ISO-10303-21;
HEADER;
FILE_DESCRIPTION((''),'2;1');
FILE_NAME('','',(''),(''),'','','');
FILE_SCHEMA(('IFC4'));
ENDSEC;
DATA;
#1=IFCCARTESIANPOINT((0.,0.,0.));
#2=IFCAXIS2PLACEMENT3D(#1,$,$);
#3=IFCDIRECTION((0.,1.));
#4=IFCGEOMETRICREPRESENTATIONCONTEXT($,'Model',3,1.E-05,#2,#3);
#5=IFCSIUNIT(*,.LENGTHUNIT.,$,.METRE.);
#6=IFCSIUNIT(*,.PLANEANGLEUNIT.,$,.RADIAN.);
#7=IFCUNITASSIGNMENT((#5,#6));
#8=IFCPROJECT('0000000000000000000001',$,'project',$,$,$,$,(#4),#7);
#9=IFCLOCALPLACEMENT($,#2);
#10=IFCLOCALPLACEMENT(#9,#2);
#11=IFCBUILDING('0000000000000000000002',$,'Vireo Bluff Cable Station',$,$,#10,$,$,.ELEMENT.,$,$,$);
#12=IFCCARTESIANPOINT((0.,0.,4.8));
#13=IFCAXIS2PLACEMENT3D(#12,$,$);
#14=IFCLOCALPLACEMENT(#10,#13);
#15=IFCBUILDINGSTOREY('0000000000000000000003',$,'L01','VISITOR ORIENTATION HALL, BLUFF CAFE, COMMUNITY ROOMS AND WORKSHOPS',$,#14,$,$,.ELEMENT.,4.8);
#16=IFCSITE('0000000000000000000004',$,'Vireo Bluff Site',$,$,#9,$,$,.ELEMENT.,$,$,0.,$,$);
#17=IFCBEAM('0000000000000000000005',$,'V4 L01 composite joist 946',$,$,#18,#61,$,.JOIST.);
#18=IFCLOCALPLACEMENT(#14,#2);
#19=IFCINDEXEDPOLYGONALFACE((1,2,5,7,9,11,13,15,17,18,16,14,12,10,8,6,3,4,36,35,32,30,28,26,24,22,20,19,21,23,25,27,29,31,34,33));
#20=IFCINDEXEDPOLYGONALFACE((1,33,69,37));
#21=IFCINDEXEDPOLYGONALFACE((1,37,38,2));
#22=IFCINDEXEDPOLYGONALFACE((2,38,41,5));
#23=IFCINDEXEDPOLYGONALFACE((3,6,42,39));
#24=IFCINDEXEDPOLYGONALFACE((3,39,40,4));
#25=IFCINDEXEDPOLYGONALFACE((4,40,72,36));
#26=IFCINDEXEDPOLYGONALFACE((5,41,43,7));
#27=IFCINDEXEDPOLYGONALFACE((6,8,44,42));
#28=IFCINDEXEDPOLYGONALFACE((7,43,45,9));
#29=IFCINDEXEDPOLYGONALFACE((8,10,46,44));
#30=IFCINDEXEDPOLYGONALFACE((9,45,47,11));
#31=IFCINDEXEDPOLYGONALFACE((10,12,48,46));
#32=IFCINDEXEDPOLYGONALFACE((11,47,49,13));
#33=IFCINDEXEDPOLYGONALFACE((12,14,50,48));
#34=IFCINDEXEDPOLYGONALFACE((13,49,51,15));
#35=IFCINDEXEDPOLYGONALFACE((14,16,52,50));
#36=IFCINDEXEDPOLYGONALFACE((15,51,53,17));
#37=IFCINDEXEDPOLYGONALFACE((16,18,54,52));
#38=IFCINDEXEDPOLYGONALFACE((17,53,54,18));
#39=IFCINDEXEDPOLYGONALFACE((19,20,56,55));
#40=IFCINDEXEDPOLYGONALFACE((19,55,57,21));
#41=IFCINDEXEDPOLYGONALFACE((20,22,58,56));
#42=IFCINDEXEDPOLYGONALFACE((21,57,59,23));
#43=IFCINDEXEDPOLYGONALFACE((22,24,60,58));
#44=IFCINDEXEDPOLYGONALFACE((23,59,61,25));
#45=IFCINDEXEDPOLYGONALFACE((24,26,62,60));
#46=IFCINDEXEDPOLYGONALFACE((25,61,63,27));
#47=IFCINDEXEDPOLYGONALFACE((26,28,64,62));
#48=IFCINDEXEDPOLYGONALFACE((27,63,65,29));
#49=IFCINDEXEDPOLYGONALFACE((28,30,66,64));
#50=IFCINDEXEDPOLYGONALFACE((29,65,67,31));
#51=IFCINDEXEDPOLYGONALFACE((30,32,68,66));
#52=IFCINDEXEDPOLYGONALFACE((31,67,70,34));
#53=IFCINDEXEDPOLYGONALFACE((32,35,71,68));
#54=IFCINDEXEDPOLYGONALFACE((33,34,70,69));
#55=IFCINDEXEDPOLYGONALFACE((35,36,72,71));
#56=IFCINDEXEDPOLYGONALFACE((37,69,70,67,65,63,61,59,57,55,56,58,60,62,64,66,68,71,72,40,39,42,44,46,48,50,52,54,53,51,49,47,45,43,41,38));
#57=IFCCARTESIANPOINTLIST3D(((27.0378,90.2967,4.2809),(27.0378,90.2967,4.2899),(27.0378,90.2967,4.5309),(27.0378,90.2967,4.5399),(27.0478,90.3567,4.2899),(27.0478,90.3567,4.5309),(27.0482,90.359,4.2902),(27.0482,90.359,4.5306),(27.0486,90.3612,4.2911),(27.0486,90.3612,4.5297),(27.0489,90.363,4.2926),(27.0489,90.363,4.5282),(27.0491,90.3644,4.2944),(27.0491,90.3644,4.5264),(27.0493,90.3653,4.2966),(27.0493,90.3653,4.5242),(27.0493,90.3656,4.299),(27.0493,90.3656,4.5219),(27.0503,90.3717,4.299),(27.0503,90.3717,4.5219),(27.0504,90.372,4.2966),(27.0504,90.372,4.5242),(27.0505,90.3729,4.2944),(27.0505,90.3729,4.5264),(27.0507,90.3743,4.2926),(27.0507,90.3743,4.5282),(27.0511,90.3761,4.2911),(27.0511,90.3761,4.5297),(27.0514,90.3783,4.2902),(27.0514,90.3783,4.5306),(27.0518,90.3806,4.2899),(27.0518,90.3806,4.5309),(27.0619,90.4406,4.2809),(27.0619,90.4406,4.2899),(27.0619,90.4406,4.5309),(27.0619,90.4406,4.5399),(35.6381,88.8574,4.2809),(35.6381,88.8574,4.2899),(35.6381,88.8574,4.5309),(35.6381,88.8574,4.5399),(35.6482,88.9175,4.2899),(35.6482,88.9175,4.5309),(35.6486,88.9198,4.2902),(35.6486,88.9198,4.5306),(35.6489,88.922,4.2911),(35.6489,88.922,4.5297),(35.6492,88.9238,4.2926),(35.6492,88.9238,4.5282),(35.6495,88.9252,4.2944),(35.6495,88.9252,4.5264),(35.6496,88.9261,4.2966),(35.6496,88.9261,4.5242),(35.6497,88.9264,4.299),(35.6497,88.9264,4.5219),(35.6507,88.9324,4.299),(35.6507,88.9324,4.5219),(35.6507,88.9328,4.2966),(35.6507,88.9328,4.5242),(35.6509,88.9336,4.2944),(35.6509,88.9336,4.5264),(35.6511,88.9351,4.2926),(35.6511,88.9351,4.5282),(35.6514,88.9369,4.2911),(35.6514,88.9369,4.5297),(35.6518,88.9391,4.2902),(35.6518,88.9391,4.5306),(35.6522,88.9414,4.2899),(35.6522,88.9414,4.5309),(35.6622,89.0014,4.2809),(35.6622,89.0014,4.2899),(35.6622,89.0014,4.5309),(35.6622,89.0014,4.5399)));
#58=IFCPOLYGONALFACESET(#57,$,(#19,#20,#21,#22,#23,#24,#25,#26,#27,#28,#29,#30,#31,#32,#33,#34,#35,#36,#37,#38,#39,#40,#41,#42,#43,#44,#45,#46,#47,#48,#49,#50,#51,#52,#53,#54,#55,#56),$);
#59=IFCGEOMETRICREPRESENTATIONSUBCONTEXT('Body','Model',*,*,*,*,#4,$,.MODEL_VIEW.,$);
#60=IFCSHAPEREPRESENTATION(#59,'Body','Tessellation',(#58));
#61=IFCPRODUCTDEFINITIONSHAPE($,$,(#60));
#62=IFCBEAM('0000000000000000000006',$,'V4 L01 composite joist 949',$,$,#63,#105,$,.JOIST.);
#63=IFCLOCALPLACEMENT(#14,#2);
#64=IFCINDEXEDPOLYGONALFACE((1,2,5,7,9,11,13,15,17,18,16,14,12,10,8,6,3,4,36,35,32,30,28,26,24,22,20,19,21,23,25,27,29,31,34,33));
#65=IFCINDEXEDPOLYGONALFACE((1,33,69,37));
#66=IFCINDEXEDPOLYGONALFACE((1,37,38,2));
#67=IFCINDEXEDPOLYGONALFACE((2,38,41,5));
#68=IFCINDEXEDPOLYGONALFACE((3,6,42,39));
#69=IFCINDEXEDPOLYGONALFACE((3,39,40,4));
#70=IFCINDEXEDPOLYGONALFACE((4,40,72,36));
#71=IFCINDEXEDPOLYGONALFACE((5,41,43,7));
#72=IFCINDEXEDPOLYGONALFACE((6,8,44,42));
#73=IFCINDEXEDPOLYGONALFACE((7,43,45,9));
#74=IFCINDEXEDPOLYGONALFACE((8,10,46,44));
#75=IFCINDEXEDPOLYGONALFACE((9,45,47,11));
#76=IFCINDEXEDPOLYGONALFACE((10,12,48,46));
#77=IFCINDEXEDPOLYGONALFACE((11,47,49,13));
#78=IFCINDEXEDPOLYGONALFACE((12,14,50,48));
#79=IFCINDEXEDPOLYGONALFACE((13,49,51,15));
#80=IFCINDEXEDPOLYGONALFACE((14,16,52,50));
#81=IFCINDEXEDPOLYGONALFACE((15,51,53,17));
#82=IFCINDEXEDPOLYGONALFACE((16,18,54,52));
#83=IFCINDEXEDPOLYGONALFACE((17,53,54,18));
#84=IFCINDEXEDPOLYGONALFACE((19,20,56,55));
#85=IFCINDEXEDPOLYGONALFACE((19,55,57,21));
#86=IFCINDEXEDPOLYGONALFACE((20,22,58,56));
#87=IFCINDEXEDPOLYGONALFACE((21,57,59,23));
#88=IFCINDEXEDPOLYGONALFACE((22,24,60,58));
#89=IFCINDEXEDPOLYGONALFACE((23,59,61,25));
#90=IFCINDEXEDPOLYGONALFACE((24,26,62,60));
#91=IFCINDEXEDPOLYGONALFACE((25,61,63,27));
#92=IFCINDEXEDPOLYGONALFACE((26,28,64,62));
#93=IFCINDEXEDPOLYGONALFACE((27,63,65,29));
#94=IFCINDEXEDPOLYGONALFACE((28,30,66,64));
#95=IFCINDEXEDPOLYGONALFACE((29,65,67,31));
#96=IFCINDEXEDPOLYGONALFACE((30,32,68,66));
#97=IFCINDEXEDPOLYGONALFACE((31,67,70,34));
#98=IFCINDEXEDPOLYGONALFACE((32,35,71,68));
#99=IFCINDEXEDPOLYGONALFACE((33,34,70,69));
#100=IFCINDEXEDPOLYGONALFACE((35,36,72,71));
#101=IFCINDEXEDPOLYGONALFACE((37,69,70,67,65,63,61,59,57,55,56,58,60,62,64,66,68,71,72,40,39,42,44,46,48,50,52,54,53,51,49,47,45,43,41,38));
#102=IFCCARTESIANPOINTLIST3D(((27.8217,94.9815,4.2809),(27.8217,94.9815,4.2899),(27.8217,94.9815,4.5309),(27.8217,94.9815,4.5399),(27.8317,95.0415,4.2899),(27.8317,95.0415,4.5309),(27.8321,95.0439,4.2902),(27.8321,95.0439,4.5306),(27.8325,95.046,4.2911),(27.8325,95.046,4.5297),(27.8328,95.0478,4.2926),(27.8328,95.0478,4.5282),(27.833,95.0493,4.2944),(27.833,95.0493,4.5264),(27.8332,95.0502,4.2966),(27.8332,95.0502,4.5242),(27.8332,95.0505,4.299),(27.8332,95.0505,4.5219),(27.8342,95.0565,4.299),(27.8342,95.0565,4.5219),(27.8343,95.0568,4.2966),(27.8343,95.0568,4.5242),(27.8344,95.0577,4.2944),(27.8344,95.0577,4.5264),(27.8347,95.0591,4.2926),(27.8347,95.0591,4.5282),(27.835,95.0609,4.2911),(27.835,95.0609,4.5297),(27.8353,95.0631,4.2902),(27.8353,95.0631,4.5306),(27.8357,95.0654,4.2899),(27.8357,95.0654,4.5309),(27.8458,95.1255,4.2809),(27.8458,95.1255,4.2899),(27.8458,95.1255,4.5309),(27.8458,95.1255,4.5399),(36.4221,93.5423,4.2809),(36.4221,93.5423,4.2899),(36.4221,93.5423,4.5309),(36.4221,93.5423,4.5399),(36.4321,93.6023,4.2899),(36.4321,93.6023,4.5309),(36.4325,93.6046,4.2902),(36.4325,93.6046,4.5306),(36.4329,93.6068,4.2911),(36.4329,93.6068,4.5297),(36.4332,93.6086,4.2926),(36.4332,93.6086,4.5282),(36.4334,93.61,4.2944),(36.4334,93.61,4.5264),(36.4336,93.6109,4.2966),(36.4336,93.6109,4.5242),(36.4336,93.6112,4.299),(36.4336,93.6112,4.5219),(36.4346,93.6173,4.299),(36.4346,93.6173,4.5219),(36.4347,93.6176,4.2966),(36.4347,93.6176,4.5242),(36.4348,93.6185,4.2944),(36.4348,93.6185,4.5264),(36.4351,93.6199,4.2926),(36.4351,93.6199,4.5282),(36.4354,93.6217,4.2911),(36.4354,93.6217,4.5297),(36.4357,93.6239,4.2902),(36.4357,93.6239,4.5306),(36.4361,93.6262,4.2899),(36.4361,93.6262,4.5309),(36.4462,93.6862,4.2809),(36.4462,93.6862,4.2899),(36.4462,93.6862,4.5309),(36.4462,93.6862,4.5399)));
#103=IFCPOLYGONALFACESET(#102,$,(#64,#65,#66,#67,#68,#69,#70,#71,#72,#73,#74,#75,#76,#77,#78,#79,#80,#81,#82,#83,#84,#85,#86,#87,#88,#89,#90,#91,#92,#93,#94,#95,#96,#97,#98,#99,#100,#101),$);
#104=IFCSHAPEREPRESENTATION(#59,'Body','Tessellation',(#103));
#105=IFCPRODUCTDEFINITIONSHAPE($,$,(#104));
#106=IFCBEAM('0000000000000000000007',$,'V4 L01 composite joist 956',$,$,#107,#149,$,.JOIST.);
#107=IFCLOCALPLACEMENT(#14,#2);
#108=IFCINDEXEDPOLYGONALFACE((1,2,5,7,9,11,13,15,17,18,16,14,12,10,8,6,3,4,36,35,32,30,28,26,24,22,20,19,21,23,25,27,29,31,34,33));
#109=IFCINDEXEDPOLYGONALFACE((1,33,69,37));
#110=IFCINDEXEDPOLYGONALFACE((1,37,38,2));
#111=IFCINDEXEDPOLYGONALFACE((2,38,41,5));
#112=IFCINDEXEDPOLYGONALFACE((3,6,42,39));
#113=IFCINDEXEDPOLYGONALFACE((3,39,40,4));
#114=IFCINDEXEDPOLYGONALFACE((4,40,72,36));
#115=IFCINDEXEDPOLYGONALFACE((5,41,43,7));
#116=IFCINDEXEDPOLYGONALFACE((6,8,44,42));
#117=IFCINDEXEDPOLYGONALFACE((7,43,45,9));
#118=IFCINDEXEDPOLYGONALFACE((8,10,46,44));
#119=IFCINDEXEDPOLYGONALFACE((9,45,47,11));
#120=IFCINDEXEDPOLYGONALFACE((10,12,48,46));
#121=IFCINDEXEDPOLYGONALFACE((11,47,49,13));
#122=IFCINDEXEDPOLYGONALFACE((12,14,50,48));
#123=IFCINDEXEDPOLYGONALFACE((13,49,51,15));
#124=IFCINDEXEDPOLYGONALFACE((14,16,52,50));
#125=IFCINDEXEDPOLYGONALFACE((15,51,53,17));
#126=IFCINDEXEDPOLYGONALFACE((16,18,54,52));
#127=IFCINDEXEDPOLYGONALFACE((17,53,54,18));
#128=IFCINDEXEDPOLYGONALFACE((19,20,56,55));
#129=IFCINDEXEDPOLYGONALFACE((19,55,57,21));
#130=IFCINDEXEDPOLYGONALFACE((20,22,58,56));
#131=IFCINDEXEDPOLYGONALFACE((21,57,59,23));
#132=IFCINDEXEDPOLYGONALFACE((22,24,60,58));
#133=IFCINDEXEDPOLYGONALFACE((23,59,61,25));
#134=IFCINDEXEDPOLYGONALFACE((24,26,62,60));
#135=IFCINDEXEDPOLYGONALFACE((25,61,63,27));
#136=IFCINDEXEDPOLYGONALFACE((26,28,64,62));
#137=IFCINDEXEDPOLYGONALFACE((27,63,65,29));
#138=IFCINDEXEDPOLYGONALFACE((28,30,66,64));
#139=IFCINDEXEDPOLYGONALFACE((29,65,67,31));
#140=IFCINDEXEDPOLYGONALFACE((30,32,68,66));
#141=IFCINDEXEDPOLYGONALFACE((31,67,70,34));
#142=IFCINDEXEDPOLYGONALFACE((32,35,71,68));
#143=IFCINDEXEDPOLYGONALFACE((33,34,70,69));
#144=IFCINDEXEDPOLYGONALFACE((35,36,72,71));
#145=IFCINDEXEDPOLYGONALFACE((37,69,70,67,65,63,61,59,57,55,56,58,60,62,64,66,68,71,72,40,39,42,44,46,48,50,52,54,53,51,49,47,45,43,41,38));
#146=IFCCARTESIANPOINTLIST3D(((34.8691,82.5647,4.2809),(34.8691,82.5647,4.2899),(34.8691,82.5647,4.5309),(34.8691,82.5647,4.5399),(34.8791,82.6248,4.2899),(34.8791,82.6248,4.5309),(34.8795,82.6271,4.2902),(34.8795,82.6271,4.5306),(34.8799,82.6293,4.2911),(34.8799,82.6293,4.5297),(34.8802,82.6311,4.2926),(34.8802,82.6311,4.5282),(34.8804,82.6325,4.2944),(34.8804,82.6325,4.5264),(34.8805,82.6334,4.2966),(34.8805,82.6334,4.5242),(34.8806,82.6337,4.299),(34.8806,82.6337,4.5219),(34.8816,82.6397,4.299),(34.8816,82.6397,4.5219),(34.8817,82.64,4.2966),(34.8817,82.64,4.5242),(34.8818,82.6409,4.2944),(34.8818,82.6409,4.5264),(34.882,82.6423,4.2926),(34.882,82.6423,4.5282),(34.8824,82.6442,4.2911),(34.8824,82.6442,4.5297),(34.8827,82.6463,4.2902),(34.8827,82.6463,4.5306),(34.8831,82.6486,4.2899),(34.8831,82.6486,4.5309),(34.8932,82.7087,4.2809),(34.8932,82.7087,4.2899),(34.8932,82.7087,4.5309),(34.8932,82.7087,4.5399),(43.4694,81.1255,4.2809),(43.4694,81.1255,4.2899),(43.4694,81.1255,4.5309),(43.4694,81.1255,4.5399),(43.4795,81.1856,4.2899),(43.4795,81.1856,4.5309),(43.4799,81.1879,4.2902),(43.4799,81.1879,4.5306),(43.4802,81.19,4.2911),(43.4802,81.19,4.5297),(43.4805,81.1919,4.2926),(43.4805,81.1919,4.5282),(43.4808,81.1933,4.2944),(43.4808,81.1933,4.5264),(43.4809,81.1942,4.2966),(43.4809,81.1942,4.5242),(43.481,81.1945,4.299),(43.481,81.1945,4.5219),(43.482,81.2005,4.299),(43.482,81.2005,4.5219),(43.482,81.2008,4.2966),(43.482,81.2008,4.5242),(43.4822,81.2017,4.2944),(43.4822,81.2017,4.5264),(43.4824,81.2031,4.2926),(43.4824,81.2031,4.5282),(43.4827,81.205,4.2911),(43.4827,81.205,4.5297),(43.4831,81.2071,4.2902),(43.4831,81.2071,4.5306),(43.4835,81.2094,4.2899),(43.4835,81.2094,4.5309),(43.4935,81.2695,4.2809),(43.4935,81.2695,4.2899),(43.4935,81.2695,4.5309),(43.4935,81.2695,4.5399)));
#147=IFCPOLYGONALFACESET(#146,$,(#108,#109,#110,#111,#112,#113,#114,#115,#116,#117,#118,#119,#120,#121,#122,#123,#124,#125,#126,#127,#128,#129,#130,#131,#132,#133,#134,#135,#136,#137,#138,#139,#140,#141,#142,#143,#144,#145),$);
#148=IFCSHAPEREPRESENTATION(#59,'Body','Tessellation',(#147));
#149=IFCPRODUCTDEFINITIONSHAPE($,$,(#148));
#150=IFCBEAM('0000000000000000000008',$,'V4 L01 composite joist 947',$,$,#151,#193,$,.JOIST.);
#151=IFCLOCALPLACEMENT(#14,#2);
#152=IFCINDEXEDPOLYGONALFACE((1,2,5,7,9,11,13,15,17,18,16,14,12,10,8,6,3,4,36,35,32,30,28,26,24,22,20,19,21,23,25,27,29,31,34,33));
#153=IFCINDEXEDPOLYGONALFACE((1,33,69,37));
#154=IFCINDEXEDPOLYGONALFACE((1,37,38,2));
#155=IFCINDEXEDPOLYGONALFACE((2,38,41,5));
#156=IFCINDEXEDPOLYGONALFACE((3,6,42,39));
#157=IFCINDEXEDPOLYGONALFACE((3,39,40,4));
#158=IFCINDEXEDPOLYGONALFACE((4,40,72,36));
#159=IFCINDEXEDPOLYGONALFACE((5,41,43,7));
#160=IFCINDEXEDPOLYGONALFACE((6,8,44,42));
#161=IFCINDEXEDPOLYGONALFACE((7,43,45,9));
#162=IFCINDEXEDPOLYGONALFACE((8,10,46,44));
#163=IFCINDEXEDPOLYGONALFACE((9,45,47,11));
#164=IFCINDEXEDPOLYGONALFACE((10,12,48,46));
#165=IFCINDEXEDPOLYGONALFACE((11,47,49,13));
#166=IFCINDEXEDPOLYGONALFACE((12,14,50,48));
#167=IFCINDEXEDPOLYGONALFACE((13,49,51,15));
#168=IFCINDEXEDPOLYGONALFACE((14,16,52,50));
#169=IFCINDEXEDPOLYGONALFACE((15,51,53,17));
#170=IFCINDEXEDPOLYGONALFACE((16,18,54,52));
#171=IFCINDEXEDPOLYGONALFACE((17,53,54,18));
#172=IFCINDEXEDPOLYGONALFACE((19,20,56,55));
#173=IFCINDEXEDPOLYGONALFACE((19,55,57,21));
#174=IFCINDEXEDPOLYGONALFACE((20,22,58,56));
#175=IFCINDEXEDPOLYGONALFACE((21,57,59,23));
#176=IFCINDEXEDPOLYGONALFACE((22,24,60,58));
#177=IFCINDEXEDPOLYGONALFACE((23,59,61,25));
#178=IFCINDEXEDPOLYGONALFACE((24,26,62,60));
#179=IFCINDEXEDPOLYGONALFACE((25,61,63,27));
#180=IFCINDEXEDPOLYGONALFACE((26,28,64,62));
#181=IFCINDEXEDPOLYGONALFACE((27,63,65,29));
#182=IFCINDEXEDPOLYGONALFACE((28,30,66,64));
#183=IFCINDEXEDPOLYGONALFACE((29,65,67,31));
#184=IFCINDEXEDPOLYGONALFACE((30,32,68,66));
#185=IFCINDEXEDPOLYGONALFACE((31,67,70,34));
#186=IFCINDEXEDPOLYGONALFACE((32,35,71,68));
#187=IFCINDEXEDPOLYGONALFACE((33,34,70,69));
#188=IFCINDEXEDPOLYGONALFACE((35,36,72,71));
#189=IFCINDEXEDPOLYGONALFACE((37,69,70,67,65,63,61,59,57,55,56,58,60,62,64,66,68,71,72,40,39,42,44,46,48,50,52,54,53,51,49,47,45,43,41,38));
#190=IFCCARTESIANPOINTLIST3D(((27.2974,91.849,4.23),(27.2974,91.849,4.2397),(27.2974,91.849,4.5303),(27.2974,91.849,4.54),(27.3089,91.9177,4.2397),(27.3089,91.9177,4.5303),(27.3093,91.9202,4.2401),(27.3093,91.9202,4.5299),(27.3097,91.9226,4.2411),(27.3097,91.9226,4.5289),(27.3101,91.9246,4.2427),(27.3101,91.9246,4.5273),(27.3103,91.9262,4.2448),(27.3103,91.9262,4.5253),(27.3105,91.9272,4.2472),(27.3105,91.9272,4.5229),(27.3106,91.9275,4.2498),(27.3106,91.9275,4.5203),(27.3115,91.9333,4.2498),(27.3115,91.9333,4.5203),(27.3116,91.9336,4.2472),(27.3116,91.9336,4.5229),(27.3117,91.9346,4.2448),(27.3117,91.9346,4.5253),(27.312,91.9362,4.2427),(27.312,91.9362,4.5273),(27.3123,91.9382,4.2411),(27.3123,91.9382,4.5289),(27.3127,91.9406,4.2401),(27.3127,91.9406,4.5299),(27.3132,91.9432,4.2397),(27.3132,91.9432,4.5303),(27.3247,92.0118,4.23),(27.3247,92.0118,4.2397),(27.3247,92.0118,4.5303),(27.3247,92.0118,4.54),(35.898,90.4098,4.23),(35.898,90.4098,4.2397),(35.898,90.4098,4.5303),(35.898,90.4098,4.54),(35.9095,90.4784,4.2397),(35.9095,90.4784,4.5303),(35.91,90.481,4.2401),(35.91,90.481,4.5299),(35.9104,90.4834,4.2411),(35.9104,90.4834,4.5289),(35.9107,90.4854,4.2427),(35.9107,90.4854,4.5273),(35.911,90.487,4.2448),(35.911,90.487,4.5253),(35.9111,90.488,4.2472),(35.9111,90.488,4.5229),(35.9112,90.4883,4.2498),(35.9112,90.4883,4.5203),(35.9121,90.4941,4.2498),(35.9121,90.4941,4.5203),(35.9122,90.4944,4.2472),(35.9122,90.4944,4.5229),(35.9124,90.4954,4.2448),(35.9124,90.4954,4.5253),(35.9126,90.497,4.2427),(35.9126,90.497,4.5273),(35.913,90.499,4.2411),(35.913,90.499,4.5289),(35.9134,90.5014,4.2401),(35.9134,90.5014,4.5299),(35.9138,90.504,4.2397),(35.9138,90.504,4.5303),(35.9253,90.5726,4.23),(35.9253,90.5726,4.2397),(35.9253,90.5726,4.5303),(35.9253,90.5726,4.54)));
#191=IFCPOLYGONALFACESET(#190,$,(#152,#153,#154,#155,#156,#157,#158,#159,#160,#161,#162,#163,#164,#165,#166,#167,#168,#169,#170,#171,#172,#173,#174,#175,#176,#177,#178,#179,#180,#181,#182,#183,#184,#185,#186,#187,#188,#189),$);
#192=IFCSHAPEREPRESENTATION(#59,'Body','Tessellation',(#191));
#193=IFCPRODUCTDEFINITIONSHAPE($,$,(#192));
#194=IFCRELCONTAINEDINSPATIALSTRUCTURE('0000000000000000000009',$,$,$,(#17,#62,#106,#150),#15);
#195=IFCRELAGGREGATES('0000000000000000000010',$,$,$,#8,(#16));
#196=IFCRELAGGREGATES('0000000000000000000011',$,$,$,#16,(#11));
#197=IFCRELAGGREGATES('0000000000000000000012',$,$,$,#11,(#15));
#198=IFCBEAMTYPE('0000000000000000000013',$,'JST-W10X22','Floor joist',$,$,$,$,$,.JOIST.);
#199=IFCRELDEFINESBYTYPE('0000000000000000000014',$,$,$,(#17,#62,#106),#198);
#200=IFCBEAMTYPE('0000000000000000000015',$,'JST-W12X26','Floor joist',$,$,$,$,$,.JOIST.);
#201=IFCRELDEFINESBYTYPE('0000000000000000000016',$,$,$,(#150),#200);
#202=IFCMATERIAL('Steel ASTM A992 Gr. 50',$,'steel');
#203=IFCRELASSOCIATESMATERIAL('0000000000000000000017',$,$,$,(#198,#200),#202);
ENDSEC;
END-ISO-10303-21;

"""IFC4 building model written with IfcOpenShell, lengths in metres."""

from ifc_helpers import new_model, si_unit, direction, frame, origin, origin_2d, place, context, subcontext, project, spatial, i_section, extrude, material, material_profile, profile_set, type_object, element, save


model = new_model("IFC4")

# Units and contexts
model_context = context("Model", 3, precision=1e-05, world=origin(), true_north=direction((0.0, 1.0)))
body_context = subcontext(model_context, "Body", "Model", "MODEL_VIEW")
ifc_project = project(units=[si_unit("LENGTHUNIT", "METRE"), si_unit("PLANEANGLEUNIT", "RADIAN")], contexts=[model_context])

# Site, building, storey
site_placement = place(None, origin())
site = spatial("IfcSite", under=ifc_project, at=site_placement, Name="Vireo Bluff Site", CompositionType="ELEMENT", RefElevation=0.0)
building_placement = place(site_placement, origin())
building = spatial("IfcBuilding", under=site, at=building_placement, Name="Vireo Bluff Cable Station", CompositionType="ELEMENT")
storey_placement = place(building_placement, frame((0.0, 0.0, 4.8)))
storey = spatial("IfcBuildingStorey", under=building, at=storey_placement, Name="L01", Description="VISITOR ORIENTATION HALL, BLUFF CAFE, COMMUNITY ROOMS AND WORKSHOPS", CompositionType="ELEMENT", Elevation=4.8)

# Shared definitions
ifc_material_1 = material(Name="Steel ASTM A992 Gr. 50", Category="steel")

# Beams
ifc_material_profile_1 = material_profile(ifc_material_1, i_section(OverallWidth=0.146, OverallDepth=0.259, WebThickness=0.0061, FlangeThickness=0.009, FilletRadius=0.009, at=origin_2d()), Name="W10X22")
ifc_profile_set_1 = profile_set([ifc_material_profile_1], Name="Steel ASTM A992 Gr. 50")
beam_type_1 = type_object("IfcBeamType", Name="JST-W10X22", Description="Floor joist", PredefinedType="JOIST", material=ifc_profile_set_1)
for number, where, z_axis, x_axis, name in (
    (1, (27.0498, 90.3687, 4.4104), (0.986286, -0.165048, 0.0), (0.165048, 0.986286, 0.0), "V4 L01 composite joist 946"),
    (2, (27.8337, 95.0535, 4.4104), (0.986286, -0.165048, 0.0), (0.165048, 0.986286, 0.0), "V4 L01 composite joist 949"),
    (3, (34.8811, 82.6367, 4.4104), (0.986286, -0.165048, 0.0), (0.165048, 0.986286, 0.0), "V4 L01 composite joist 956"),
):
    element("IfcBeam", number, at=place(storey_placement, frame(where, z_axis=z_axis, x_axis=x_axis)), inside=storey, type_object=beam_type_1, Name=name, PredefinedType="JOIST", context=body_context, shape_type="SweptSolid", body=[
        extrude(i_section(OverallWidth=0.146, OverallDepth=0.259, WebThickness=0.0061, FlangeThickness=0.009, FilletRadius=0.009, at=origin_2d()), origin(), (0.0, 0.0, 1.0), 8.72),
    ])
ifc_material_profile_2 = material_profile(ifc_material_1, i_section(OverallWidth=0.165, OverallDepth=0.3101, WebThickness=0.0059, FlangeThickness=0.0098, FilletRadius=0.01, at=origin_2d()), Name="W12X26")
ifc_profile_set_2 = profile_set([ifc_material_profile_2], Name="Steel ASTM A992 Gr. 50")
beam_type_2 = type_object("IfcBeamType", Name="JST-W12X26", Description="Floor joist", PredefinedType="JOIST", material=ifc_profile_set_2)
beam_1_placement = place(storey_placement, frame((27.311, 91.9304, 4.385), z_axis=(0.986286, -0.165044, 0.0), x_axis=(0.165044, 0.986286, 0.0)))
element("IfcBeam", 4, at=beam_1_placement, inside=storey, type_object=beam_type_2, Name="V4 L01 composite joist 947", PredefinedType="JOIST", context=body_context, shape_type="SweptSolid", body=[
    extrude(i_section(OverallWidth=0.165, OverallDepth=0.3101, WebThickness=0.0059, FlangeThickness=0.0098, FilletRadius=0.01, at=origin_2d()), origin(), (0.0, 0.0, 1.0), 8.7202),
])

save(model, "model.ifc")
